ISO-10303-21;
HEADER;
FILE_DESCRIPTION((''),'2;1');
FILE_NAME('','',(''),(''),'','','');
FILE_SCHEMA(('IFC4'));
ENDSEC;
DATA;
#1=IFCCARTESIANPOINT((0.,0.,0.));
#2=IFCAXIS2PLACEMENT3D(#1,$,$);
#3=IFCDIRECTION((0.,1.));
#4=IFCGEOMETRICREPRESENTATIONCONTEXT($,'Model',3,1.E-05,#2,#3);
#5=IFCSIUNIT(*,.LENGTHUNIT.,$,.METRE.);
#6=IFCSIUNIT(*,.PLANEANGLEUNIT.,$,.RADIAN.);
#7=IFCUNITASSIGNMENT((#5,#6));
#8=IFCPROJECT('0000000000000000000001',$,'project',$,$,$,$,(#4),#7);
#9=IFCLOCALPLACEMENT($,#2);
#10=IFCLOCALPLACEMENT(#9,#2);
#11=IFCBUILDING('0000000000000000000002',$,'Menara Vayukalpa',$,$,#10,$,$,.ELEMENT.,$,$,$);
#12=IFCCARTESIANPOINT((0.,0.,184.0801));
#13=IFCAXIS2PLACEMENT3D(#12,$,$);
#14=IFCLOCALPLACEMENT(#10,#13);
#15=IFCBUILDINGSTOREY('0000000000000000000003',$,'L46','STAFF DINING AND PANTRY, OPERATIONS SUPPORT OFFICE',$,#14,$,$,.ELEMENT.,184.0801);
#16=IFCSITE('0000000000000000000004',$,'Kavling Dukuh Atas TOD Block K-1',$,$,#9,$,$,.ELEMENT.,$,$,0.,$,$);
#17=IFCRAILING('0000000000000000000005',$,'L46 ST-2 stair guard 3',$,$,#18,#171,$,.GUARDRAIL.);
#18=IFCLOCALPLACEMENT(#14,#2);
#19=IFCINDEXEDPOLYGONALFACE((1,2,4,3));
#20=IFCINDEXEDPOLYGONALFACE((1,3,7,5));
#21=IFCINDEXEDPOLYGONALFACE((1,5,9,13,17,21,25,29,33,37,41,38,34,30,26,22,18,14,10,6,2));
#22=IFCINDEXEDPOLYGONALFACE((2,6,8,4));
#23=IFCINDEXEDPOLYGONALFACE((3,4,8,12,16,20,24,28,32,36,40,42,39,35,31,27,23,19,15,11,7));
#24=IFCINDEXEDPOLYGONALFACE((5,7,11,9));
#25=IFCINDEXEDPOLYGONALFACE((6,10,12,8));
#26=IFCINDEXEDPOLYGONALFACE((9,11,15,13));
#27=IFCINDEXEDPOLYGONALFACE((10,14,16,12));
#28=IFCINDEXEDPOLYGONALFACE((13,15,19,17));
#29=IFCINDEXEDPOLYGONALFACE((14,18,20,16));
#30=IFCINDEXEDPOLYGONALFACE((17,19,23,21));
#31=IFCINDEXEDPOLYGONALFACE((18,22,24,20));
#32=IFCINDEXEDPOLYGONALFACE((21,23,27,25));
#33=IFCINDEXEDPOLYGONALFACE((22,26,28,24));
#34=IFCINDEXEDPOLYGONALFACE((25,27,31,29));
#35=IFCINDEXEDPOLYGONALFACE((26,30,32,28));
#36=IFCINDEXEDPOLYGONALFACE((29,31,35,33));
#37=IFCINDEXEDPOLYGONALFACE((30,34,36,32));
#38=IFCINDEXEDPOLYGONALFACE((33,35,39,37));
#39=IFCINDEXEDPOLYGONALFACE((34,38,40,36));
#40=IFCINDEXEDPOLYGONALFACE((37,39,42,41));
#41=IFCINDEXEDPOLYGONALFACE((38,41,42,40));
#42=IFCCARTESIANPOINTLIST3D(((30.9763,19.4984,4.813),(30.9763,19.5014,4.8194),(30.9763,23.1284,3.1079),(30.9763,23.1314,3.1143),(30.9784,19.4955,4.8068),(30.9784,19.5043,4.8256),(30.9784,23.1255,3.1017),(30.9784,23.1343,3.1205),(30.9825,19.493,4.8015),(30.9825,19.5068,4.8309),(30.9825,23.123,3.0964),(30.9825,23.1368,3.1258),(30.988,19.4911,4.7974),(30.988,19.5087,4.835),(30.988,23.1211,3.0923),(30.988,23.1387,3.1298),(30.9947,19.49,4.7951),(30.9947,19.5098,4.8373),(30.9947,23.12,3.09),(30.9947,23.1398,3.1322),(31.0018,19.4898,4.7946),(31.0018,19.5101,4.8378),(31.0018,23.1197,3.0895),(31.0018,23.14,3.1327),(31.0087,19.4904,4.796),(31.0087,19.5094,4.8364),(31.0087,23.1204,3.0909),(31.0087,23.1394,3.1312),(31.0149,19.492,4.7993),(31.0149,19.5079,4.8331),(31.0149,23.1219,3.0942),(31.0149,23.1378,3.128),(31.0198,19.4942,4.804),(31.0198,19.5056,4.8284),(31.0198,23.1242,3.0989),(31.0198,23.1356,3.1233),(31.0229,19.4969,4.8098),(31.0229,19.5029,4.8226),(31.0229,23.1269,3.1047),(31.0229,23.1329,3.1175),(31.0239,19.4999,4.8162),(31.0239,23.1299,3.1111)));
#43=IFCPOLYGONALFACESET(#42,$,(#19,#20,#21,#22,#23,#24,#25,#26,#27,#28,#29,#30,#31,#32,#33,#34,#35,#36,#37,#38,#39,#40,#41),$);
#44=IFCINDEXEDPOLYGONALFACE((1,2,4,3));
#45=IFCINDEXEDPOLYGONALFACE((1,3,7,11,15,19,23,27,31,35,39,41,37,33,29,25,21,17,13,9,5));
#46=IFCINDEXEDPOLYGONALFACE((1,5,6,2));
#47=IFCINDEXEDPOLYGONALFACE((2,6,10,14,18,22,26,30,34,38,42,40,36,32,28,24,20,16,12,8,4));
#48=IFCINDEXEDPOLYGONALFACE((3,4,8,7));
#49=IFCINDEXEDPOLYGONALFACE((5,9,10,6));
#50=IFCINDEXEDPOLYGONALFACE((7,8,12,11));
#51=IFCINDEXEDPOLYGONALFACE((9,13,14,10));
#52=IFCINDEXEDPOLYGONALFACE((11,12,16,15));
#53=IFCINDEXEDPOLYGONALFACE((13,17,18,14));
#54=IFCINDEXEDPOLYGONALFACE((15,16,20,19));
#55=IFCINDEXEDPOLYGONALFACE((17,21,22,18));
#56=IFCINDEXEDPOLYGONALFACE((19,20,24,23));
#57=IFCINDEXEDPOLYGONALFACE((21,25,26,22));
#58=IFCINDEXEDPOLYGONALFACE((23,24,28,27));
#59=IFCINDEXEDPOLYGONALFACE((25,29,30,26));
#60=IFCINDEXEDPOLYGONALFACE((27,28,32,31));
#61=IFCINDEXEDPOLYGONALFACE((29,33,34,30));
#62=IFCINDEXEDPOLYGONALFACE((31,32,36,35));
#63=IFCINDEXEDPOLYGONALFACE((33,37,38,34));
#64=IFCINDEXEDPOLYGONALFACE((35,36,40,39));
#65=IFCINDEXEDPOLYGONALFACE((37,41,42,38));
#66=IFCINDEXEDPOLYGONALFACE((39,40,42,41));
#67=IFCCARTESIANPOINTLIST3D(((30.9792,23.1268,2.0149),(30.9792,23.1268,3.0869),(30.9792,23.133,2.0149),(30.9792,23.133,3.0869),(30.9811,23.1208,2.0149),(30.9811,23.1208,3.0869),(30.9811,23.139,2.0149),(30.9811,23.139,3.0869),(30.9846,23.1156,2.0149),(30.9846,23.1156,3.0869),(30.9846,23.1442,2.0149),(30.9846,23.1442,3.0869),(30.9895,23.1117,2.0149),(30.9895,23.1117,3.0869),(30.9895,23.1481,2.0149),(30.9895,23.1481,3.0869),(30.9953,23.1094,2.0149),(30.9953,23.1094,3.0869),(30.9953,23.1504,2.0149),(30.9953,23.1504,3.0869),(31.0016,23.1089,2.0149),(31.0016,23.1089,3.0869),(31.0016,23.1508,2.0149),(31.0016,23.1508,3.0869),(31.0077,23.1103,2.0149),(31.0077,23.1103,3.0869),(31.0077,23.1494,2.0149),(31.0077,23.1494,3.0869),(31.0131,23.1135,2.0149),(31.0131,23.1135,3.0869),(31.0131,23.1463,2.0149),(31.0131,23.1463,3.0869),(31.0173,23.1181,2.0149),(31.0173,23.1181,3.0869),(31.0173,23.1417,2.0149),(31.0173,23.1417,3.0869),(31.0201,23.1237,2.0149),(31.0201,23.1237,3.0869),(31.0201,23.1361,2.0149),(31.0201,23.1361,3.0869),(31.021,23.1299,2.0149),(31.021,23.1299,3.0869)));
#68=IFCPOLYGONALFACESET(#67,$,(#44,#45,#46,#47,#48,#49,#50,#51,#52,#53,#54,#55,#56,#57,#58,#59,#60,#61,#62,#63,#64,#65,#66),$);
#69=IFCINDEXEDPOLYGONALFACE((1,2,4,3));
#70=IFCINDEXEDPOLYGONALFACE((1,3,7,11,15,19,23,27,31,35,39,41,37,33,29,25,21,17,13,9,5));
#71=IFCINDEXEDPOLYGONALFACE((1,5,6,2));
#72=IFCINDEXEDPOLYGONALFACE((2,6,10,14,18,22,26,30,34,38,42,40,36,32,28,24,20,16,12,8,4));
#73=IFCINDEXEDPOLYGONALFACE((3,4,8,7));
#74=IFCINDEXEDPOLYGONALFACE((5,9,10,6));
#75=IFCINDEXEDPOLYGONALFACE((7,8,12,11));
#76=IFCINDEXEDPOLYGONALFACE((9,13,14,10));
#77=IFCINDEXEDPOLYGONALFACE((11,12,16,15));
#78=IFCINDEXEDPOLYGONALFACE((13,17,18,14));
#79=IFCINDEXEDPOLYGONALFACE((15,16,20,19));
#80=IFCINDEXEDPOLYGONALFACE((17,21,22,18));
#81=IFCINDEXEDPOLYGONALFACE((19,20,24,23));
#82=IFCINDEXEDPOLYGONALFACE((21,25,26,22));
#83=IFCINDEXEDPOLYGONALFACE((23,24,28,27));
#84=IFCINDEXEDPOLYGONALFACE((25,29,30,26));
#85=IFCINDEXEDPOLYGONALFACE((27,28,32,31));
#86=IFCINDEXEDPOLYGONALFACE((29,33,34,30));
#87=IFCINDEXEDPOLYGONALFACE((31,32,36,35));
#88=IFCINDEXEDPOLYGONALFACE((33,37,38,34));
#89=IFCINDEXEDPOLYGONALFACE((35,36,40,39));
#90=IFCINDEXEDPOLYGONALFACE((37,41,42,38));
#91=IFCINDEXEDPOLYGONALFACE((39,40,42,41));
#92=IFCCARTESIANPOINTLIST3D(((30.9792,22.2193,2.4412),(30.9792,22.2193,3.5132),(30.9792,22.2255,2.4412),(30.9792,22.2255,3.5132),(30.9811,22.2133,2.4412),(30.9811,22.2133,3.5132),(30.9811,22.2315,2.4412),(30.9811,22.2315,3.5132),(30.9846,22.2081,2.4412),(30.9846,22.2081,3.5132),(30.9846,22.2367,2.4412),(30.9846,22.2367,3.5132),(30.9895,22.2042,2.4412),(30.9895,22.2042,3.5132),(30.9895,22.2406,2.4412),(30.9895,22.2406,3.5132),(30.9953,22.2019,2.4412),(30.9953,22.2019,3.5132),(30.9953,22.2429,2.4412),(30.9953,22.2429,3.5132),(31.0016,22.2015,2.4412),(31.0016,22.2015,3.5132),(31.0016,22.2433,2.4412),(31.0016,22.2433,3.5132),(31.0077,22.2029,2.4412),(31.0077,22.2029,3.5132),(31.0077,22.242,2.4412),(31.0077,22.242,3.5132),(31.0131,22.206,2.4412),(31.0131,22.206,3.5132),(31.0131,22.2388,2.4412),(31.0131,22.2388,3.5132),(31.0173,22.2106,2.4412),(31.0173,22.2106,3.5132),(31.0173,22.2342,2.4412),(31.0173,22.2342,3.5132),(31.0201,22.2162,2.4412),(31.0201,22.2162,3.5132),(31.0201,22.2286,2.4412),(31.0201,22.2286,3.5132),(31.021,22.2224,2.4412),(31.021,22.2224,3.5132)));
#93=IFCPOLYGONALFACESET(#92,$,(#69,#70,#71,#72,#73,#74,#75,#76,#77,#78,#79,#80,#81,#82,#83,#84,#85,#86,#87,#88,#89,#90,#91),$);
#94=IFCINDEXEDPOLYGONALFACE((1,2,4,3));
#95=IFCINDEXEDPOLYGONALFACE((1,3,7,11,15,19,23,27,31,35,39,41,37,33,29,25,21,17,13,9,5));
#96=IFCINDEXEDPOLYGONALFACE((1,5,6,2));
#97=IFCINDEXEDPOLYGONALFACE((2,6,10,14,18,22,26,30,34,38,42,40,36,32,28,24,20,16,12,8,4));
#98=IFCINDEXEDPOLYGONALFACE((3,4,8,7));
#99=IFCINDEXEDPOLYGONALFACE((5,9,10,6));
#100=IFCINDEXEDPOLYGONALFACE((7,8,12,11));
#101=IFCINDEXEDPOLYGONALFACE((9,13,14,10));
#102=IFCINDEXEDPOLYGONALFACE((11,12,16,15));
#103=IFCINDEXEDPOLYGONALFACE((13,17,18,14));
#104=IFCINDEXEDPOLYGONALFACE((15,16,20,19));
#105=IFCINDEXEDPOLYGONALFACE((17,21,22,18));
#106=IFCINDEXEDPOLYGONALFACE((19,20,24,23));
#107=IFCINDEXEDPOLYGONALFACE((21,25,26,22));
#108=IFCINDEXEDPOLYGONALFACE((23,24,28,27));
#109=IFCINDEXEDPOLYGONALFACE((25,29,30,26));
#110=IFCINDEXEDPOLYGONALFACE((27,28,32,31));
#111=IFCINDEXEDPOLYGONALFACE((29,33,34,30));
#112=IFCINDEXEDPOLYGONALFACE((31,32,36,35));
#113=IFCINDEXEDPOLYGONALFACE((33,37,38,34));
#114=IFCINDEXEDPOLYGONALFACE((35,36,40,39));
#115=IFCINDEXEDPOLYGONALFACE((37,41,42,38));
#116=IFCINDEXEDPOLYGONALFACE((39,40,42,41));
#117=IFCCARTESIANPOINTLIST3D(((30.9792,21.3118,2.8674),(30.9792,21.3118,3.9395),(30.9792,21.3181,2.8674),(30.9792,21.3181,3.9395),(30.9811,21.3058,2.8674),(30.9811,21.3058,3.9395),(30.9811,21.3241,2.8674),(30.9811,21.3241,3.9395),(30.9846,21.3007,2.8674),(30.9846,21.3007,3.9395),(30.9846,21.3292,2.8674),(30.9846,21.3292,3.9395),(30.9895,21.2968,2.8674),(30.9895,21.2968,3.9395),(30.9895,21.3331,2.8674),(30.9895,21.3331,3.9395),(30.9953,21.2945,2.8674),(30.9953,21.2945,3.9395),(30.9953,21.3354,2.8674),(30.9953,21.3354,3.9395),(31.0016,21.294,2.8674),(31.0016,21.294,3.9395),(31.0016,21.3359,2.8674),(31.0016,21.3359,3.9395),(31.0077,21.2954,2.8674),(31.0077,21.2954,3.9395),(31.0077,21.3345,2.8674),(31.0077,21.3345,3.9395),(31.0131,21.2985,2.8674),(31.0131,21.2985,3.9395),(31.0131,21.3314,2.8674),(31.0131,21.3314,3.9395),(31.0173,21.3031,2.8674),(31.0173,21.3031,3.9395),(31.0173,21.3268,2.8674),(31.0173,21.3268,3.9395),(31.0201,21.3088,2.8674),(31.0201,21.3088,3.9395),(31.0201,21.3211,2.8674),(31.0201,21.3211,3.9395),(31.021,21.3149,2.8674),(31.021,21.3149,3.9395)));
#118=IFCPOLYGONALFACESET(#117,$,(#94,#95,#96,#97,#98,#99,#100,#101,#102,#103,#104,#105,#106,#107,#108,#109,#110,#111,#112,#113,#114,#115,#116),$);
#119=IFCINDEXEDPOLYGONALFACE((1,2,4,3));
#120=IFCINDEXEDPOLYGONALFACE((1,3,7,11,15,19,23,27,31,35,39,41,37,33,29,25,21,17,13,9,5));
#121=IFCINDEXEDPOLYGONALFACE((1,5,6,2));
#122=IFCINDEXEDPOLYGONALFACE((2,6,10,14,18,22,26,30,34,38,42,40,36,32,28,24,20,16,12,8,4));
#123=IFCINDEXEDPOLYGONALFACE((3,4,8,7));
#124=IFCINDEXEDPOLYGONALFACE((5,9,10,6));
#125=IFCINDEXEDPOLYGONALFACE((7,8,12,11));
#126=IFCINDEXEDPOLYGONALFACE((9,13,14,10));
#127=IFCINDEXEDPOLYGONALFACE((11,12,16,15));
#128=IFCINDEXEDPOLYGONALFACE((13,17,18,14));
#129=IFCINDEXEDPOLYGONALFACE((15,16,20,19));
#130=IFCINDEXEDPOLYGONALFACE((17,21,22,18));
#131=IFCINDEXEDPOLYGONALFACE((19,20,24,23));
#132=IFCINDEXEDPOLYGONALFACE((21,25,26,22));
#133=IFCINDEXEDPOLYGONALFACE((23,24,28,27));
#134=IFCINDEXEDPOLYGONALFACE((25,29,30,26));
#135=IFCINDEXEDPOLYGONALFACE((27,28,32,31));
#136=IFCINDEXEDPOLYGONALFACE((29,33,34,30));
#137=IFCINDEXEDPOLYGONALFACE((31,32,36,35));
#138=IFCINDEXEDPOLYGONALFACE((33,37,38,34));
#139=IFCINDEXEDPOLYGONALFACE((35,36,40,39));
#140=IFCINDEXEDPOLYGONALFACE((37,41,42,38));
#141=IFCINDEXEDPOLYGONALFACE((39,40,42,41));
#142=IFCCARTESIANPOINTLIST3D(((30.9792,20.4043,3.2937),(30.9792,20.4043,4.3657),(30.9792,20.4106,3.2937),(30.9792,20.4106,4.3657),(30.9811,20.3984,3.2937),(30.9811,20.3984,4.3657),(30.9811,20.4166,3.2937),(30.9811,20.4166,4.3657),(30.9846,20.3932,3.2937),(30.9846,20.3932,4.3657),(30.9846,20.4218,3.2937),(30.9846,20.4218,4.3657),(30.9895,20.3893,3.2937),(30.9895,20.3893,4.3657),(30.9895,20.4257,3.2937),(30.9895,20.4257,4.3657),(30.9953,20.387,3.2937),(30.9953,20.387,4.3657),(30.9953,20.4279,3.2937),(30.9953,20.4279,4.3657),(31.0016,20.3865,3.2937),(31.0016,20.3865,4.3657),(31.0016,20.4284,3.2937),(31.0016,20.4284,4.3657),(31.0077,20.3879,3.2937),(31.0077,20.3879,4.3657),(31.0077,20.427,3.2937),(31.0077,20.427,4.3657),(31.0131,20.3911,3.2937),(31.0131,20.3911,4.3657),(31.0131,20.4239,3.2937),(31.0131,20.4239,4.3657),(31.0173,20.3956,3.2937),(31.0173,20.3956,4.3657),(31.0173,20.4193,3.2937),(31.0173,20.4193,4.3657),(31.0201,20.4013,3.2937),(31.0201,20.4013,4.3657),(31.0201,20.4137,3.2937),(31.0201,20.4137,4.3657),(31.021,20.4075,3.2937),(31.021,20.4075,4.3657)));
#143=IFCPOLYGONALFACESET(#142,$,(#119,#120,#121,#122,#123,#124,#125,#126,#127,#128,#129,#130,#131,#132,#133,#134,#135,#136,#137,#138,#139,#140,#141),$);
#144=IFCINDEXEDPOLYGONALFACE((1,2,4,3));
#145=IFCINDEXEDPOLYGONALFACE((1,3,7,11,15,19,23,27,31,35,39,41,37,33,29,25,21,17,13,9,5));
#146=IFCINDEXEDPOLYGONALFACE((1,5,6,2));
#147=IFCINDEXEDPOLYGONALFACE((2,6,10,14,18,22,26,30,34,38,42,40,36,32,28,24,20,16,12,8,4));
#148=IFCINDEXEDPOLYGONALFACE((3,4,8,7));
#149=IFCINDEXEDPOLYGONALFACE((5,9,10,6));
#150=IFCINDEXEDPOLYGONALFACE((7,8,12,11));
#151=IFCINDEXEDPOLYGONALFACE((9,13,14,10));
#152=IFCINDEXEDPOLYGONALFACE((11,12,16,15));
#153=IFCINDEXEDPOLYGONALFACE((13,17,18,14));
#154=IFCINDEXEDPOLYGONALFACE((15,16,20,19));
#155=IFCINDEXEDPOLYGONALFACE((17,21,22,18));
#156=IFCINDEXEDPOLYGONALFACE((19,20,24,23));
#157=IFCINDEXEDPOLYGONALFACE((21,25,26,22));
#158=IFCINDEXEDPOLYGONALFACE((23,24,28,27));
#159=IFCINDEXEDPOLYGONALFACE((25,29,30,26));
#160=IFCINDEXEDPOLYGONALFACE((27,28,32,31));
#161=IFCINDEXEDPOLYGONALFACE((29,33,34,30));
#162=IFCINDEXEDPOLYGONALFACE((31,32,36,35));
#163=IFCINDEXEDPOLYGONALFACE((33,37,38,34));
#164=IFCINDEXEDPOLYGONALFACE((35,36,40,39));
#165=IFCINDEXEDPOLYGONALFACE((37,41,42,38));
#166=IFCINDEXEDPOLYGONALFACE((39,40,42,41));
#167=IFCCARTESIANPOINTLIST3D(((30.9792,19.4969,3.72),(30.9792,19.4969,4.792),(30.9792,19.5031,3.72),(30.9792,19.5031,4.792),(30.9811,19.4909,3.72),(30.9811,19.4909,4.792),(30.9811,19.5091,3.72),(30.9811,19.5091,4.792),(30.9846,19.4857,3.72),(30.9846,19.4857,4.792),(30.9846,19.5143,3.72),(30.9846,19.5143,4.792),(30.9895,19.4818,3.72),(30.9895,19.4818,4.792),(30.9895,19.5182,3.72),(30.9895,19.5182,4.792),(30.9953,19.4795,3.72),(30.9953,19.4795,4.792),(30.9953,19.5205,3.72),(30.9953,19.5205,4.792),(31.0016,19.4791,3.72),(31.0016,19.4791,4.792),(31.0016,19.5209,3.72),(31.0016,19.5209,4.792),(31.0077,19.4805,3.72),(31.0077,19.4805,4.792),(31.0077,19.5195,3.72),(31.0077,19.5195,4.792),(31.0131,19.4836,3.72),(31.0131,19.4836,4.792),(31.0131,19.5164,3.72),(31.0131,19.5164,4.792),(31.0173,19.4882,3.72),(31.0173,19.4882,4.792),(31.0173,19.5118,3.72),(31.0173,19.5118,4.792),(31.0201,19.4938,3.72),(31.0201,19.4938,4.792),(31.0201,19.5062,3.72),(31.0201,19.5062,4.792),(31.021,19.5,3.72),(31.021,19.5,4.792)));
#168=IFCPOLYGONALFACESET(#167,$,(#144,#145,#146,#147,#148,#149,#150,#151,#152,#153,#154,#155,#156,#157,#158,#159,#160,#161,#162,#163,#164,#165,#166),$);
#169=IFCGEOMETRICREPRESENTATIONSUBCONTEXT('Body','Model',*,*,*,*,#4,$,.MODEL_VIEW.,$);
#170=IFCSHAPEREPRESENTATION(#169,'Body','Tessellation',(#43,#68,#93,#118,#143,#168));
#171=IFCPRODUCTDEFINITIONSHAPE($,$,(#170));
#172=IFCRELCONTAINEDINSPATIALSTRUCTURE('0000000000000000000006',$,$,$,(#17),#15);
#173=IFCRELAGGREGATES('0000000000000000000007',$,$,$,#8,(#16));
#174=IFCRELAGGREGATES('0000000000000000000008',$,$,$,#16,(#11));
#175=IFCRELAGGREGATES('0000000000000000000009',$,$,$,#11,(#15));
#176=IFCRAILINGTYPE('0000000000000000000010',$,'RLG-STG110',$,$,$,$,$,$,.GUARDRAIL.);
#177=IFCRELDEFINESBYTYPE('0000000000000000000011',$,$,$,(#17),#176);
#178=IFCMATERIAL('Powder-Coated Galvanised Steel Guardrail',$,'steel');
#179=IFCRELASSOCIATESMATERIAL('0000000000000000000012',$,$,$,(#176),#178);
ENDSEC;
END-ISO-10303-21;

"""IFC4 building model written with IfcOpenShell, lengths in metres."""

from ifc_helpers import new_model, si_unit, direction, frame, origin, origin_2d, place, context, subcontext, project, spatial, circle, extrude, material, type_object, element, save


model = new_model("IFC4")

# Units and contexts
model_context = context("Model", 3, precision=1e-05, world=origin(), true_north=direction((0.0, 1.0)))
body_context = subcontext(model_context, "Body", "Model", "MODEL_VIEW")
ifc_project = project(units=[si_unit("LENGTHUNIT", "METRE"), si_unit("PLANEANGLEUNIT", "RADIAN")], contexts=[model_context])

# Site, building, storey
site_placement = place(None, origin())
site = spatial("IfcSite", under=ifc_project, at=site_placement, Name="Kavling Dukuh Atas TOD Block K-1", CompositionType="ELEMENT", RefElevation=0.0)
building_placement = place(site_placement, origin())
building = spatial("IfcBuilding", under=site, at=building_placement, Name="Menara Vayukalpa", CompositionType="ELEMENT")
storey_placement = place(building_placement, frame((0.0, 0.0, 184.0801)))
storey = spatial("IfcBuildingStorey", under=building, at=storey_placement, Name="L46", Description="STAFF DINING AND PANTRY, OPERATIONS SUPPORT OFFICE", CompositionType="ELEMENT", Elevation=184.0801)

# Railing
ifc_material_1 = material(Name="Powder-Coated Galvanised Steel Guardrail", Category="steel")
railing_type_1 = type_object("IfcRailingType", Name="RLG-STG110", PredefinedType="GUARDRAIL", material=ifc_material_1)
railing_1_placement = place(storey_placement, frame((31.0, 23.1299, 2.0149)))
element("IfcRailing", 1, at=railing_1_placement, inside=storey, type_object=railing_type_1, Name="L46 ST-2 stair guard 3", PredefinedType="GUARDRAIL", context=body_context, shape_type="SweptSolid", body=[
    extrude(circle(Radius=0.0239, at=origin_2d()), frame((0.0, 0.0, 1.0962), z_axis=(0.0, -0.905116, 0.425164), x_axis=(1.0, 0.0, 0.0)), (0.0, 0.0, 1.0), 4.0105),
    extrude(circle(Radius=0.021, at=origin_2d()), origin(), (0.0, 0.0, 1.0), 1.072),
    extrude(circle(Radius=0.021, at=origin_2d()), frame((0.0, -0.9075, 0.4263)), (0.0, 0.0, 1.0), 1.072),
    extrude(circle(Radius=0.021, at=origin_2d()), frame((0.0, -1.8149, 0.8525)), (0.0, 0.0, 1.0), 1.072),
    extrude(circle(Radius=0.021, at=origin_2d()), frame((0.0, -2.7224, 1.2788)), (0.0, 0.0, 1.0), 1.072),
    extrude(circle(Radius=0.021, at=origin_2d()), frame((0.0, -3.6299, 1.7051)), (0.0, 0.0, 1.0), 1.072),
])

save(model, "model.ifc")
